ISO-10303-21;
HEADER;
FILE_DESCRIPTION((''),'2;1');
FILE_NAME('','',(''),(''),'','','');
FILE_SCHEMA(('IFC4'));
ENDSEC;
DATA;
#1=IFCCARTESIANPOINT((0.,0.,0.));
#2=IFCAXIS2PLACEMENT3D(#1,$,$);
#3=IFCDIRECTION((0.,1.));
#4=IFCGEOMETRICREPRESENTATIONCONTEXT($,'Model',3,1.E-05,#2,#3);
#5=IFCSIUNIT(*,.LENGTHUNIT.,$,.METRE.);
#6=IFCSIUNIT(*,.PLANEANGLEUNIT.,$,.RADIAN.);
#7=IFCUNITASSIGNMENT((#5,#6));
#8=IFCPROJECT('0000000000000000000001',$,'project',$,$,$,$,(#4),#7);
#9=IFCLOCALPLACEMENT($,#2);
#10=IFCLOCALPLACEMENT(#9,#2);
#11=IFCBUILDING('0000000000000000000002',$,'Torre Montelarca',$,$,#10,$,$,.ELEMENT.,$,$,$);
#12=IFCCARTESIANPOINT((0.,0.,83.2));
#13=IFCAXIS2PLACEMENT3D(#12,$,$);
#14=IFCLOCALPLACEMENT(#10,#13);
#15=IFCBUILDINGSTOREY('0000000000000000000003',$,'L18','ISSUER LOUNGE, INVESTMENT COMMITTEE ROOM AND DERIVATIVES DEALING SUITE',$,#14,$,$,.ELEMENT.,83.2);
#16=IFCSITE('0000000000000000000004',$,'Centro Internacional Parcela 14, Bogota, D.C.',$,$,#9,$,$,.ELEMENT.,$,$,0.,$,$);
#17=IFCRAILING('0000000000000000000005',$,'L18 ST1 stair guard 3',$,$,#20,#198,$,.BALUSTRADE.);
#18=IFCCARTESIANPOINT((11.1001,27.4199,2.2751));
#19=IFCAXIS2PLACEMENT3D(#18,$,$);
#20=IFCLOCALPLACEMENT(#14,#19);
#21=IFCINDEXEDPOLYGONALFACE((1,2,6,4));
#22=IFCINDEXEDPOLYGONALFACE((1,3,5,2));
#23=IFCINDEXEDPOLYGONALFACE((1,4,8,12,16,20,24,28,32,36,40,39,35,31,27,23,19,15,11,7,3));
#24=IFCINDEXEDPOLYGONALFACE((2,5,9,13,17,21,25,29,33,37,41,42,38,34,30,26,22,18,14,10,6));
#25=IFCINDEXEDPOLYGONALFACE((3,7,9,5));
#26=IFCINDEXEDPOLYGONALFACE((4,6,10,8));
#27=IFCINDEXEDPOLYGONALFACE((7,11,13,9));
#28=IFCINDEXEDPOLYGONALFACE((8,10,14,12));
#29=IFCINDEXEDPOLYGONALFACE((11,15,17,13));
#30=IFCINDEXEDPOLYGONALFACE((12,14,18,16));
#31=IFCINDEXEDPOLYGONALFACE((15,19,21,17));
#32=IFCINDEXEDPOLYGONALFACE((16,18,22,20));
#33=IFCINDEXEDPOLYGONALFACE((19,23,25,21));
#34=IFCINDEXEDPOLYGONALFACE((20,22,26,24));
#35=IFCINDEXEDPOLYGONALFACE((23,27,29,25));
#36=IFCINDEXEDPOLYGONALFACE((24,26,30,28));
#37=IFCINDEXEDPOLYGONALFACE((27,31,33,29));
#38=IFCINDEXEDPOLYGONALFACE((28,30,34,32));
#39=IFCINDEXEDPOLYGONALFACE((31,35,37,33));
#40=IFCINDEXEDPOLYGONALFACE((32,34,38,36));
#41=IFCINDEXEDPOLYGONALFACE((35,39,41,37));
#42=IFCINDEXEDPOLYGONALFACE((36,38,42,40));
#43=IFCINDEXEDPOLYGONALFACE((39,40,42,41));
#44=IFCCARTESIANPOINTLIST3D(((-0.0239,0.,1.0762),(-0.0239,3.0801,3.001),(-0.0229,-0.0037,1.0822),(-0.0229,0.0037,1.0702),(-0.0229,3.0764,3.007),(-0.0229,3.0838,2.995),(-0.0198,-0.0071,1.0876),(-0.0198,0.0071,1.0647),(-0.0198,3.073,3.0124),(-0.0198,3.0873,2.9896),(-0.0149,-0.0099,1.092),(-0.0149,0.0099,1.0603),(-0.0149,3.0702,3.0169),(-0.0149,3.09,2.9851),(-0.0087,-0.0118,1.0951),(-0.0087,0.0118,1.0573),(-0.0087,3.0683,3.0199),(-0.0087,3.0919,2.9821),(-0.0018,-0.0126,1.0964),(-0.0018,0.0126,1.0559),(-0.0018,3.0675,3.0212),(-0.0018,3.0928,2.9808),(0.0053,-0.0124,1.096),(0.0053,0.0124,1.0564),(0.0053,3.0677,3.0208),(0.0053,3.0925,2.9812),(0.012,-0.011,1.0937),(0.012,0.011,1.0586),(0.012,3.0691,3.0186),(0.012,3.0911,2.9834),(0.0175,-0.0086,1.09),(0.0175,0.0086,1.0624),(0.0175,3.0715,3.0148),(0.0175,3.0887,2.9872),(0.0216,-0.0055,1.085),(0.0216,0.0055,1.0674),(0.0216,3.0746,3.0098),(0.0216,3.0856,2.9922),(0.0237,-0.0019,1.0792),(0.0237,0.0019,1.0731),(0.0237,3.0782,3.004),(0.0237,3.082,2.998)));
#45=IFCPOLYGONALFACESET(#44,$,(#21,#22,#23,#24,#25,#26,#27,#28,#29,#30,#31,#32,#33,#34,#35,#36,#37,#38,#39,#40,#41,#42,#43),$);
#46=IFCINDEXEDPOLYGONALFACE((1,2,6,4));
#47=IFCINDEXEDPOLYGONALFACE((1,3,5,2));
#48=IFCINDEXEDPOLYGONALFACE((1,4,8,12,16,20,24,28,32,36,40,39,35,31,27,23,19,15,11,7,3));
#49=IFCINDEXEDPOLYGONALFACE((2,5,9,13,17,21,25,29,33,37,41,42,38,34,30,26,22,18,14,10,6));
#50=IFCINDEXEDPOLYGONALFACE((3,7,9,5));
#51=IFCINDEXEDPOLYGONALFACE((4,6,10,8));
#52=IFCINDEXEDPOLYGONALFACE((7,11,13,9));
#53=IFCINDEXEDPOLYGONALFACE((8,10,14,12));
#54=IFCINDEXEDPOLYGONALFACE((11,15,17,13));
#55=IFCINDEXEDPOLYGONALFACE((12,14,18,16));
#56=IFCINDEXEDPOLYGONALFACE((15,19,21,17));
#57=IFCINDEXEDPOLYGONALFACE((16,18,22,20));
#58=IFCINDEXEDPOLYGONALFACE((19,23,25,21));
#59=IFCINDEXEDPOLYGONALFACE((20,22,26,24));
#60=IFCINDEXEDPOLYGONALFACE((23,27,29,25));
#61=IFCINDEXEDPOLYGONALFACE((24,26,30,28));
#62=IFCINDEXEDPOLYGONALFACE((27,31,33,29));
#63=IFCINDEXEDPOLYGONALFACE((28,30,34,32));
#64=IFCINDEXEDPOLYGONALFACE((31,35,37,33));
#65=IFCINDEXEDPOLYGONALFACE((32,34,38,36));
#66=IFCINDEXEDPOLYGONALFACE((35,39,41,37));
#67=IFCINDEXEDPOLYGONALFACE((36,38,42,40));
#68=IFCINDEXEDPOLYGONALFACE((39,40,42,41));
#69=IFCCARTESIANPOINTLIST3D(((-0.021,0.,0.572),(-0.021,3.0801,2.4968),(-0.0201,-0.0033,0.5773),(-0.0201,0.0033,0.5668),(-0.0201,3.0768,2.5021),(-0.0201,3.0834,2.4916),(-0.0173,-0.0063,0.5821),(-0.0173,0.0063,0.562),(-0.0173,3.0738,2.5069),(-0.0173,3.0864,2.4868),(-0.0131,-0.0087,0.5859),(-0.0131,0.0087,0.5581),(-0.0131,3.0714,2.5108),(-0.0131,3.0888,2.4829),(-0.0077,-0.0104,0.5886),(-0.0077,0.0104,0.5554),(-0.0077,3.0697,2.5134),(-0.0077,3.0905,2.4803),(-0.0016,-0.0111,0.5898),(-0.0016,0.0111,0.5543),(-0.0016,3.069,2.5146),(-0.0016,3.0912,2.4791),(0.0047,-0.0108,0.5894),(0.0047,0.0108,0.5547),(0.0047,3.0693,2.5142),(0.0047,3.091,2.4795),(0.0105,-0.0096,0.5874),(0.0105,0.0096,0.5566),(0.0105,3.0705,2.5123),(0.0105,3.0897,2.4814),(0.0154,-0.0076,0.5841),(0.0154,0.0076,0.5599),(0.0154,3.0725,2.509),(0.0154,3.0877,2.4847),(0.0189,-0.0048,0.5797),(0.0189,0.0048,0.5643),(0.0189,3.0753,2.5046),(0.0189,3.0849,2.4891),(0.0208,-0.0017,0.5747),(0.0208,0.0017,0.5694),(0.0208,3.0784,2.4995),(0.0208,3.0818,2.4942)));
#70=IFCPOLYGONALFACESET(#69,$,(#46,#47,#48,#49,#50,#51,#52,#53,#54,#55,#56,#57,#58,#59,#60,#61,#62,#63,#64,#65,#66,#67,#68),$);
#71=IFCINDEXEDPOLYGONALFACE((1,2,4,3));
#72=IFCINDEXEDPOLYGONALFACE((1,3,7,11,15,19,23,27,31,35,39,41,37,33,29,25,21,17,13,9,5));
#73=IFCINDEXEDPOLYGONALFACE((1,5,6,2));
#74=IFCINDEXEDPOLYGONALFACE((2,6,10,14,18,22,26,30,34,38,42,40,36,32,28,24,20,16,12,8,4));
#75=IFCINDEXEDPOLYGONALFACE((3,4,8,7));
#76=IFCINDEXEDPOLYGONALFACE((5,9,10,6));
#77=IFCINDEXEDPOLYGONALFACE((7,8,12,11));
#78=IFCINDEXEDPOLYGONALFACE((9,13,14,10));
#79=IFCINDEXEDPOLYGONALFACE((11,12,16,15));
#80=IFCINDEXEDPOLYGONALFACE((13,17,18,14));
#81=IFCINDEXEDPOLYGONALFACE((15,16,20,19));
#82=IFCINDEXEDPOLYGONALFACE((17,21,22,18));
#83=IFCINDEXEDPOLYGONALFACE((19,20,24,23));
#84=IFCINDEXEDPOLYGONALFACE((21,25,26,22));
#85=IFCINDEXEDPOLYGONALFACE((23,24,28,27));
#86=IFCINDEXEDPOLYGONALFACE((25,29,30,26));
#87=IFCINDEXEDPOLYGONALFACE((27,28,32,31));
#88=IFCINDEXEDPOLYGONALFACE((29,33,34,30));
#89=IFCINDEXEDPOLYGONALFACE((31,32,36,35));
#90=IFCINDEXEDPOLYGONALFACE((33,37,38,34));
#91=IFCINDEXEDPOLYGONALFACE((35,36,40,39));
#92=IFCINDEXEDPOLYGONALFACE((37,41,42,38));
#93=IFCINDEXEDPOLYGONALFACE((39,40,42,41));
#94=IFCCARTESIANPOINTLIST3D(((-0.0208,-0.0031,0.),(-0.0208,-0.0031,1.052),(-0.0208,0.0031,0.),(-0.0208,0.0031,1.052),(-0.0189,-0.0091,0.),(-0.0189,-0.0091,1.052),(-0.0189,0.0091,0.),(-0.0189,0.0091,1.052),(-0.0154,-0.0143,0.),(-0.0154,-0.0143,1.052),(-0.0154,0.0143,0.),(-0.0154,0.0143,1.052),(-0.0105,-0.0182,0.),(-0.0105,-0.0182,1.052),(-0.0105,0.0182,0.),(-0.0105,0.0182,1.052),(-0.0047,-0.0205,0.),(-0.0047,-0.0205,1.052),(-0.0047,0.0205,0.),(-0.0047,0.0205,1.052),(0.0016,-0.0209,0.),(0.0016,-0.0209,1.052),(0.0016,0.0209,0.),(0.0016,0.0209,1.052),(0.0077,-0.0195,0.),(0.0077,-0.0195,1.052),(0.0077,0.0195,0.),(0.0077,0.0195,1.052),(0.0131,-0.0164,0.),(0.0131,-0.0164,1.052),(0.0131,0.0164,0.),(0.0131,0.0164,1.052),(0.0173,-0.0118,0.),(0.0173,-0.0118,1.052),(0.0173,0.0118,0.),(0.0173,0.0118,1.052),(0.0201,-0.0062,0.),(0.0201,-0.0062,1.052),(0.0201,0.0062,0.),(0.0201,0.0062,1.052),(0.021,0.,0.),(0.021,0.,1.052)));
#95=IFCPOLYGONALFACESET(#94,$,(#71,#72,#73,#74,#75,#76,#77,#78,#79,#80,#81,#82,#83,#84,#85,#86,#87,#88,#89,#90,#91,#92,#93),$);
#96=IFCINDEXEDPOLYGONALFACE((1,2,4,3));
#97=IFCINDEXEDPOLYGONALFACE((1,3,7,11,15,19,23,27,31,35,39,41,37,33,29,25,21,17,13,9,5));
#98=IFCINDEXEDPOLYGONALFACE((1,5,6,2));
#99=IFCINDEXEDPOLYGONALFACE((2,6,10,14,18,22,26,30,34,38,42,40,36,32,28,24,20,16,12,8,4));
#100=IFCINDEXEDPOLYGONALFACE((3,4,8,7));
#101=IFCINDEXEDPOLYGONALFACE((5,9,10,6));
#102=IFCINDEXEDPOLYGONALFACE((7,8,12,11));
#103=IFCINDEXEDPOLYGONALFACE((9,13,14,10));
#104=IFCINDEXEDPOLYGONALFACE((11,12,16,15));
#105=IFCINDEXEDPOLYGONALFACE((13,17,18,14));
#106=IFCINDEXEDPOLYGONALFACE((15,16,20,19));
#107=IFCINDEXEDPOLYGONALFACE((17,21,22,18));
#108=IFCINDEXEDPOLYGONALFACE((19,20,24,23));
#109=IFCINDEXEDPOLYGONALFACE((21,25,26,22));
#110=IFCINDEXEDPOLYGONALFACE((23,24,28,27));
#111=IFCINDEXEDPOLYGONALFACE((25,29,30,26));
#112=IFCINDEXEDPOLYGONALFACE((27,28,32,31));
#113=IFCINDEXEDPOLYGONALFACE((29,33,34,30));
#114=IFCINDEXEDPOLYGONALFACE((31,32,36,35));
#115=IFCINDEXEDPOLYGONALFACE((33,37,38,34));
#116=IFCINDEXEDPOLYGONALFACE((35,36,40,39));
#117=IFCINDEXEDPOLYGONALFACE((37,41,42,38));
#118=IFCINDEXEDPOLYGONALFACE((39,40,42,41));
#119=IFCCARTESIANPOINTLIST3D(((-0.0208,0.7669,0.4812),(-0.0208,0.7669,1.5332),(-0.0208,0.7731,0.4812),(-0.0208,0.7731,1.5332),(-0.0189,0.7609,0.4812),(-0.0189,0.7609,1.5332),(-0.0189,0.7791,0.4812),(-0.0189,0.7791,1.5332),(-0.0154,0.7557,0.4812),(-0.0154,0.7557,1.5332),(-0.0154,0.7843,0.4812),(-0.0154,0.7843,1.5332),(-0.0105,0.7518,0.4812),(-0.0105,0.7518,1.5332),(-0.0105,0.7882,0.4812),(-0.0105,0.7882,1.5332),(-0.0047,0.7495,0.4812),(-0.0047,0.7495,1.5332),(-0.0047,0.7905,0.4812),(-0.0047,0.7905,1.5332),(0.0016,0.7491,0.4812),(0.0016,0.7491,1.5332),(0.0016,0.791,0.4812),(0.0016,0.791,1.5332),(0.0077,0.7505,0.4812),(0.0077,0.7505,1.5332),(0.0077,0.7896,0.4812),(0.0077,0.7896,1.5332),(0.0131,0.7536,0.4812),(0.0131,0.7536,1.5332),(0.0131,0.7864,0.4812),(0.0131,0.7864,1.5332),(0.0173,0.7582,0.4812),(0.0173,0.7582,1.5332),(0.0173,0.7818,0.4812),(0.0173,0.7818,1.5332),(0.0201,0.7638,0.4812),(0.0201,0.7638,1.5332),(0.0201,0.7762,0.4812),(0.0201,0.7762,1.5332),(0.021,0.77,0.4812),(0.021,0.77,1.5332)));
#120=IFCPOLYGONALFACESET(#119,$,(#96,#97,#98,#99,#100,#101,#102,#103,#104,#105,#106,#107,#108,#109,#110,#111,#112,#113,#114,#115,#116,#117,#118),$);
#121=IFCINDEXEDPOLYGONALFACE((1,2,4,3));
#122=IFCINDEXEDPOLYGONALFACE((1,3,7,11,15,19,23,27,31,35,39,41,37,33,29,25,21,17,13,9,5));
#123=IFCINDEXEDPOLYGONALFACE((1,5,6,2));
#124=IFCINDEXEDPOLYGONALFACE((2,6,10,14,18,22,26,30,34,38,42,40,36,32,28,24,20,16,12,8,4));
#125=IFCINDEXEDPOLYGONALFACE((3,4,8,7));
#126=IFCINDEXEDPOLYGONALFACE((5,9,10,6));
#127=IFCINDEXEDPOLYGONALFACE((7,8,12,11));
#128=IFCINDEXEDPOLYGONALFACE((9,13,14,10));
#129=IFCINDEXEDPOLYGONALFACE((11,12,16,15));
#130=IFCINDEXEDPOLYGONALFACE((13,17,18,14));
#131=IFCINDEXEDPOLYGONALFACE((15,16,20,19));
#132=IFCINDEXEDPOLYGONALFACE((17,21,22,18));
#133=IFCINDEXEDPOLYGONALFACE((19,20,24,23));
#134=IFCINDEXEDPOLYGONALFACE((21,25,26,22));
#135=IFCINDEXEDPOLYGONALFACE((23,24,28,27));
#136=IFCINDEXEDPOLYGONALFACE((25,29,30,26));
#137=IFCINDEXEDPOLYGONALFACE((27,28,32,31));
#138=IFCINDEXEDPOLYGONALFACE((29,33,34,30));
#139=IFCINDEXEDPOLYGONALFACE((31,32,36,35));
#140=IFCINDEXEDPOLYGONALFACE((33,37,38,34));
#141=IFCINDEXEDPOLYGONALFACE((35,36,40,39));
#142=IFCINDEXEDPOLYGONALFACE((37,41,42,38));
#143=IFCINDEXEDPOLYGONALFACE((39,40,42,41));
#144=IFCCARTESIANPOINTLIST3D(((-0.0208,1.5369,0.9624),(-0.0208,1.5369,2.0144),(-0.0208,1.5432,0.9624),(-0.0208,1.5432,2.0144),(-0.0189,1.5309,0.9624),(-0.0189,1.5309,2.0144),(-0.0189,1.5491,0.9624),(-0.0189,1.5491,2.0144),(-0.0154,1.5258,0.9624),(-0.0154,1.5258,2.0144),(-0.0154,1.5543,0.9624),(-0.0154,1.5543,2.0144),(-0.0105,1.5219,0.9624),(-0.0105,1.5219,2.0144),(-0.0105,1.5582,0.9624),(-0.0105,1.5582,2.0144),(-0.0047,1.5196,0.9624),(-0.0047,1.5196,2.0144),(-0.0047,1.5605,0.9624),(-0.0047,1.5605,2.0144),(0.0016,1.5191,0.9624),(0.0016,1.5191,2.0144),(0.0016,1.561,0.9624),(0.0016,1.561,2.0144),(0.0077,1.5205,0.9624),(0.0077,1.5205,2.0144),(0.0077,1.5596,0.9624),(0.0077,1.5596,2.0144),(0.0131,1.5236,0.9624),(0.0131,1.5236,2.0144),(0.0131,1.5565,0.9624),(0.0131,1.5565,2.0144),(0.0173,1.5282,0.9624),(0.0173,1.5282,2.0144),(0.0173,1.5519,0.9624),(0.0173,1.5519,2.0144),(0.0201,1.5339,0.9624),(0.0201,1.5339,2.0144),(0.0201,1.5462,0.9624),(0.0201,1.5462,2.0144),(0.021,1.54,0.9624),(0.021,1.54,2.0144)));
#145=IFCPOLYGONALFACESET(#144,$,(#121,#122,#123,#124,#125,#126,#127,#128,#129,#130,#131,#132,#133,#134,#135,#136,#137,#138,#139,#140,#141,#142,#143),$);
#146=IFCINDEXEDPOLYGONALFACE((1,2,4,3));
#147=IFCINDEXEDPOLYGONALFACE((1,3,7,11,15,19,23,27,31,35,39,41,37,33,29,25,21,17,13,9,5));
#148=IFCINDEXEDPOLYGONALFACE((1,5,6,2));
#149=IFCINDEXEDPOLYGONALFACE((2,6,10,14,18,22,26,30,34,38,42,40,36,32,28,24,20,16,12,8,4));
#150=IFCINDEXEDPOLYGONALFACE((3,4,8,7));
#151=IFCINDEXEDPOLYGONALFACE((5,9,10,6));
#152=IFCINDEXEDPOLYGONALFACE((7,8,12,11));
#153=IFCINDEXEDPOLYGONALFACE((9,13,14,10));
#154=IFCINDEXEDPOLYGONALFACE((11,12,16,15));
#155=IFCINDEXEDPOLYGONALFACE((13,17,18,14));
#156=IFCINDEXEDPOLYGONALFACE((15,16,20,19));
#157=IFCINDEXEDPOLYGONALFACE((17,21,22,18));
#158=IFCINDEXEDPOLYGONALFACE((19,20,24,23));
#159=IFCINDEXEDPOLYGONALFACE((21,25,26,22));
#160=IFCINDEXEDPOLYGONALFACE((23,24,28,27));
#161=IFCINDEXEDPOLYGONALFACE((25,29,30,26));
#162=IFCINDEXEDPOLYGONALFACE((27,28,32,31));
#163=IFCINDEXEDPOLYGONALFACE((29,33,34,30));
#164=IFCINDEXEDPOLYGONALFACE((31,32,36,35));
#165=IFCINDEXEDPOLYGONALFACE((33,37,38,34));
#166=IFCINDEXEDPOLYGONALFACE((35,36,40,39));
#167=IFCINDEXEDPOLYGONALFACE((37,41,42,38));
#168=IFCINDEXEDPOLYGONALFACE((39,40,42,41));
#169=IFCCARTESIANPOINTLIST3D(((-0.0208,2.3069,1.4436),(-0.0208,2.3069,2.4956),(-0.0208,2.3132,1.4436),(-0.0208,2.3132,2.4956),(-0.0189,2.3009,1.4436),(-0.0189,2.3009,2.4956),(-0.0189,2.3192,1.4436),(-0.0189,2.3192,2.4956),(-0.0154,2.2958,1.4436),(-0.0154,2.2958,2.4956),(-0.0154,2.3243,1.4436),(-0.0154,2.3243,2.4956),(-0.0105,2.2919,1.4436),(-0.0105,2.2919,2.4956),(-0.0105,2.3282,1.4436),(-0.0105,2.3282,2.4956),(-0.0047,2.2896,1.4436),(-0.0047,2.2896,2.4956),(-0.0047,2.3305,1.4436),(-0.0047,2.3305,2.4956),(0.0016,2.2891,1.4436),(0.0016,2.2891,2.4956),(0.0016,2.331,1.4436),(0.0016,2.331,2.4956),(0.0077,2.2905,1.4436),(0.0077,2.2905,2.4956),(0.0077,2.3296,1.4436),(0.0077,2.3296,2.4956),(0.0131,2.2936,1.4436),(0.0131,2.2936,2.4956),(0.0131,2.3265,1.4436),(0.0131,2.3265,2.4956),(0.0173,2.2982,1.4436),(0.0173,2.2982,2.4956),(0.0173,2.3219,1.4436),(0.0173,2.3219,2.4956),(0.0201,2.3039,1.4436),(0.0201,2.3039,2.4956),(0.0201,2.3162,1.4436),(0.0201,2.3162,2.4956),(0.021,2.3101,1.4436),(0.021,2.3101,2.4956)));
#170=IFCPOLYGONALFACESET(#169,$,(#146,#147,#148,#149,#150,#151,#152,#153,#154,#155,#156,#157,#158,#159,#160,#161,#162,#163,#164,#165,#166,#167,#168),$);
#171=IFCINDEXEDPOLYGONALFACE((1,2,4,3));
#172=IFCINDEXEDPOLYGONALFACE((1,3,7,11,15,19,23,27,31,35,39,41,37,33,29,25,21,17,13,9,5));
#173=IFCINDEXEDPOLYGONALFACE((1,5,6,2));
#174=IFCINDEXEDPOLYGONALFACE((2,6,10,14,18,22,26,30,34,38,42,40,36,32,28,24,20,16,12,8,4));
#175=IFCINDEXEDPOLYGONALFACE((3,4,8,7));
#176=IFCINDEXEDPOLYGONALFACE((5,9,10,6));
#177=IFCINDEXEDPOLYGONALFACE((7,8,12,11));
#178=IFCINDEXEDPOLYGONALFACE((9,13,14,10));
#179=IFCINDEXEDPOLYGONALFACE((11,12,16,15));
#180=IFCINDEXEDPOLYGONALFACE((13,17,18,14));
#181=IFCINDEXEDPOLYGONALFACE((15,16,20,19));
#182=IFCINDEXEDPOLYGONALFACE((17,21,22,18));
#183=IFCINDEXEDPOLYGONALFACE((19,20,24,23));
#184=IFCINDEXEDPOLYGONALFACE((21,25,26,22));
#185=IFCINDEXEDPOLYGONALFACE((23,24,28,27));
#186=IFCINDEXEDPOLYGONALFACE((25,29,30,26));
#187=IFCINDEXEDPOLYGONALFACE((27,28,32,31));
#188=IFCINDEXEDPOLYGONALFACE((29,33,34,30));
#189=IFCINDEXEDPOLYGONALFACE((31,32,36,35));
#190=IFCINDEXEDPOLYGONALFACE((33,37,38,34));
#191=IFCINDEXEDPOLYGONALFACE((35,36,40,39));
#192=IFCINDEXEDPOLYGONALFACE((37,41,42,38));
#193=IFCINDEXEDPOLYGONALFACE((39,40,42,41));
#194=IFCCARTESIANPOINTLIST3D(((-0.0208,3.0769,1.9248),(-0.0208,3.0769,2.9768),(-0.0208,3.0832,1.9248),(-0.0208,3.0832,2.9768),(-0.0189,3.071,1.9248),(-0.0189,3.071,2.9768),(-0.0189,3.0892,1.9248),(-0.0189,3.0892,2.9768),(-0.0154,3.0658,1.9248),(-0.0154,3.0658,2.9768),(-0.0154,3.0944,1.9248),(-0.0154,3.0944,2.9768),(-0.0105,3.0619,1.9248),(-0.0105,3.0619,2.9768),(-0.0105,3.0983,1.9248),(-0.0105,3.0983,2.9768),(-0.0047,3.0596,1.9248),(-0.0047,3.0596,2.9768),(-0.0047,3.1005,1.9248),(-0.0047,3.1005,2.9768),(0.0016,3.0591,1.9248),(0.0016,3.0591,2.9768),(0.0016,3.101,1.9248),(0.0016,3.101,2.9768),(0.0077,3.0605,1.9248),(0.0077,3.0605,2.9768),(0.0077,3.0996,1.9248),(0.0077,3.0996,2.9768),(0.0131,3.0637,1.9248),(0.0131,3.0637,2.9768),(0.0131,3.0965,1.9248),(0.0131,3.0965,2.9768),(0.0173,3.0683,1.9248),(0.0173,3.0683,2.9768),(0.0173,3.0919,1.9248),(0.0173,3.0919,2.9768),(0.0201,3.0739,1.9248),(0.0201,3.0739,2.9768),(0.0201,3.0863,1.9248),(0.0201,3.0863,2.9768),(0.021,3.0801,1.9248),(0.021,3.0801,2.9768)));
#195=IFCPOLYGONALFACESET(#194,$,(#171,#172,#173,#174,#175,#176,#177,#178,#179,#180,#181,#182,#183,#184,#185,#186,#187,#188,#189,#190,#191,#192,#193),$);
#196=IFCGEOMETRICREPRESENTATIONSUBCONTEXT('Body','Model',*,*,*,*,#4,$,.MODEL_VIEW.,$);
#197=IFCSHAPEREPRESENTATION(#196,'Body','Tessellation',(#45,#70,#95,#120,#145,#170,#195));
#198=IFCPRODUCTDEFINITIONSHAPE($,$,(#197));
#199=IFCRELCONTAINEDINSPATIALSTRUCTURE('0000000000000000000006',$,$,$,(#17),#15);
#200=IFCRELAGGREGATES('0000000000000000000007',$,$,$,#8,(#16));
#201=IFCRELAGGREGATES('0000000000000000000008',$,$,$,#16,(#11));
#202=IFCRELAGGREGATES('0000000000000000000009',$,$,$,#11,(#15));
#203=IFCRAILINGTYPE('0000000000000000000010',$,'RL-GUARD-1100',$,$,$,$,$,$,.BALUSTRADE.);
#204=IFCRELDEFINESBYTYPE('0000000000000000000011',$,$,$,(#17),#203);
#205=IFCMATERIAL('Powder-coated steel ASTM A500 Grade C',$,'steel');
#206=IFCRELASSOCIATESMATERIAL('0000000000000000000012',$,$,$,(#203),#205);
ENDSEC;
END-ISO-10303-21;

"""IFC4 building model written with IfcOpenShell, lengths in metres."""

from ifc_helpers import new_model, si_unit, direction, frame, origin, origin_2d, place, context, subcontext, project, spatial, circle, extrude, material, type_object, element, save


model = new_model("IFC4")

# Units and contexts
model_context = context("Model", 3, precision=1e-05, world=origin(), true_north=direction((0.0, 1.0)))
body_context = subcontext(model_context, "Body", "Model", "MODEL_VIEW")
ifc_project = project(units=[si_unit("LENGTHUNIT", "METRE"), si_unit("PLANEANGLEUNIT", "RADIAN")], contexts=[model_context])

# Site, building, storey
site_placement = place(None, origin())
site = spatial("IfcSite", under=ifc_project, at=site_placement, Name="Centro Internacional Parcela 14, Bogota, D.C.", CompositionType="ELEMENT", RefElevation=0.0)
building_placement = place(site_placement, origin())
building = spatial("IfcBuilding", under=site, at=building_placement, Name="Torre Montelarca", CompositionType="ELEMENT")
storey_placement = place(building_placement, frame((0.0, 0.0, 83.2)))
storey = spatial("IfcBuildingStorey", under=building, at=storey_placement, Name="L18", Description="ISSUER LOUNGE, INVESTMENT COMMITTEE ROOM AND DERIVATIVES DEALING SUITE", CompositionType="ELEMENT", Elevation=83.2)

# Railing
ifc_material_1 = material(Name="Powder-coated steel ASTM A500 Grade C", Category="steel")
railing_type_1 = type_object("IfcRailingType", Name="RL-GUARD-1100", PredefinedType="BALUSTRADE", material=ifc_material_1)
railing_1_placement = place(storey_placement, frame((11.1001, 27.4199, 2.2751)))
element("IfcRailing", 1, at=railing_1_placement, inside=storey, type_object=railing_type_1, Name="L18 ST1 stair guard 3", PredefinedType="BALUSTRADE", context=body_context, shape_type="SweptSolid", body=[
    extrude(circle(Radius=0.0239, at=origin_2d()), frame((0.0, 0.0, 1.0762), z_axis=(0.0, 0.848029, 0.529951), x_axis=(-1.0, 0.0, 0.0)), (0.0, 0.0, 1.0), 3.6321),
    extrude(circle(Radius=0.021, at=origin_2d()), frame((0.0, 0.0, 0.572), z_axis=(0.0, 0.848029, 0.529951), x_axis=(-1.0, 0.0, 0.0)), (0.0, 0.0, 1.0), 3.6321),
    extrude(circle(Radius=0.021, at=origin_2d()), origin(), (0.0, 0.0, 1.0), 1.052),
    extrude(circle(Radius=0.021, at=origin_2d()), frame((0.0, 0.77, 0.4812)), (0.0, 0.0, 1.0), 1.052),
    extrude(circle(Radius=0.021, at=origin_2d()), frame((0.0, 1.54, 0.9624)), (0.0, 0.0, 1.0), 1.052),
    extrude(circle(Radius=0.021, at=origin_2d()), frame((0.0, 2.3101, 1.4436)), (0.0, 0.0, 1.0), 1.052),
    extrude(circle(Radius=0.021, at=origin_2d()), frame((0.0, 3.0801, 1.9248)), (0.0, 0.0, 1.0), 1.052),
])

save(model, "model.ifc")
